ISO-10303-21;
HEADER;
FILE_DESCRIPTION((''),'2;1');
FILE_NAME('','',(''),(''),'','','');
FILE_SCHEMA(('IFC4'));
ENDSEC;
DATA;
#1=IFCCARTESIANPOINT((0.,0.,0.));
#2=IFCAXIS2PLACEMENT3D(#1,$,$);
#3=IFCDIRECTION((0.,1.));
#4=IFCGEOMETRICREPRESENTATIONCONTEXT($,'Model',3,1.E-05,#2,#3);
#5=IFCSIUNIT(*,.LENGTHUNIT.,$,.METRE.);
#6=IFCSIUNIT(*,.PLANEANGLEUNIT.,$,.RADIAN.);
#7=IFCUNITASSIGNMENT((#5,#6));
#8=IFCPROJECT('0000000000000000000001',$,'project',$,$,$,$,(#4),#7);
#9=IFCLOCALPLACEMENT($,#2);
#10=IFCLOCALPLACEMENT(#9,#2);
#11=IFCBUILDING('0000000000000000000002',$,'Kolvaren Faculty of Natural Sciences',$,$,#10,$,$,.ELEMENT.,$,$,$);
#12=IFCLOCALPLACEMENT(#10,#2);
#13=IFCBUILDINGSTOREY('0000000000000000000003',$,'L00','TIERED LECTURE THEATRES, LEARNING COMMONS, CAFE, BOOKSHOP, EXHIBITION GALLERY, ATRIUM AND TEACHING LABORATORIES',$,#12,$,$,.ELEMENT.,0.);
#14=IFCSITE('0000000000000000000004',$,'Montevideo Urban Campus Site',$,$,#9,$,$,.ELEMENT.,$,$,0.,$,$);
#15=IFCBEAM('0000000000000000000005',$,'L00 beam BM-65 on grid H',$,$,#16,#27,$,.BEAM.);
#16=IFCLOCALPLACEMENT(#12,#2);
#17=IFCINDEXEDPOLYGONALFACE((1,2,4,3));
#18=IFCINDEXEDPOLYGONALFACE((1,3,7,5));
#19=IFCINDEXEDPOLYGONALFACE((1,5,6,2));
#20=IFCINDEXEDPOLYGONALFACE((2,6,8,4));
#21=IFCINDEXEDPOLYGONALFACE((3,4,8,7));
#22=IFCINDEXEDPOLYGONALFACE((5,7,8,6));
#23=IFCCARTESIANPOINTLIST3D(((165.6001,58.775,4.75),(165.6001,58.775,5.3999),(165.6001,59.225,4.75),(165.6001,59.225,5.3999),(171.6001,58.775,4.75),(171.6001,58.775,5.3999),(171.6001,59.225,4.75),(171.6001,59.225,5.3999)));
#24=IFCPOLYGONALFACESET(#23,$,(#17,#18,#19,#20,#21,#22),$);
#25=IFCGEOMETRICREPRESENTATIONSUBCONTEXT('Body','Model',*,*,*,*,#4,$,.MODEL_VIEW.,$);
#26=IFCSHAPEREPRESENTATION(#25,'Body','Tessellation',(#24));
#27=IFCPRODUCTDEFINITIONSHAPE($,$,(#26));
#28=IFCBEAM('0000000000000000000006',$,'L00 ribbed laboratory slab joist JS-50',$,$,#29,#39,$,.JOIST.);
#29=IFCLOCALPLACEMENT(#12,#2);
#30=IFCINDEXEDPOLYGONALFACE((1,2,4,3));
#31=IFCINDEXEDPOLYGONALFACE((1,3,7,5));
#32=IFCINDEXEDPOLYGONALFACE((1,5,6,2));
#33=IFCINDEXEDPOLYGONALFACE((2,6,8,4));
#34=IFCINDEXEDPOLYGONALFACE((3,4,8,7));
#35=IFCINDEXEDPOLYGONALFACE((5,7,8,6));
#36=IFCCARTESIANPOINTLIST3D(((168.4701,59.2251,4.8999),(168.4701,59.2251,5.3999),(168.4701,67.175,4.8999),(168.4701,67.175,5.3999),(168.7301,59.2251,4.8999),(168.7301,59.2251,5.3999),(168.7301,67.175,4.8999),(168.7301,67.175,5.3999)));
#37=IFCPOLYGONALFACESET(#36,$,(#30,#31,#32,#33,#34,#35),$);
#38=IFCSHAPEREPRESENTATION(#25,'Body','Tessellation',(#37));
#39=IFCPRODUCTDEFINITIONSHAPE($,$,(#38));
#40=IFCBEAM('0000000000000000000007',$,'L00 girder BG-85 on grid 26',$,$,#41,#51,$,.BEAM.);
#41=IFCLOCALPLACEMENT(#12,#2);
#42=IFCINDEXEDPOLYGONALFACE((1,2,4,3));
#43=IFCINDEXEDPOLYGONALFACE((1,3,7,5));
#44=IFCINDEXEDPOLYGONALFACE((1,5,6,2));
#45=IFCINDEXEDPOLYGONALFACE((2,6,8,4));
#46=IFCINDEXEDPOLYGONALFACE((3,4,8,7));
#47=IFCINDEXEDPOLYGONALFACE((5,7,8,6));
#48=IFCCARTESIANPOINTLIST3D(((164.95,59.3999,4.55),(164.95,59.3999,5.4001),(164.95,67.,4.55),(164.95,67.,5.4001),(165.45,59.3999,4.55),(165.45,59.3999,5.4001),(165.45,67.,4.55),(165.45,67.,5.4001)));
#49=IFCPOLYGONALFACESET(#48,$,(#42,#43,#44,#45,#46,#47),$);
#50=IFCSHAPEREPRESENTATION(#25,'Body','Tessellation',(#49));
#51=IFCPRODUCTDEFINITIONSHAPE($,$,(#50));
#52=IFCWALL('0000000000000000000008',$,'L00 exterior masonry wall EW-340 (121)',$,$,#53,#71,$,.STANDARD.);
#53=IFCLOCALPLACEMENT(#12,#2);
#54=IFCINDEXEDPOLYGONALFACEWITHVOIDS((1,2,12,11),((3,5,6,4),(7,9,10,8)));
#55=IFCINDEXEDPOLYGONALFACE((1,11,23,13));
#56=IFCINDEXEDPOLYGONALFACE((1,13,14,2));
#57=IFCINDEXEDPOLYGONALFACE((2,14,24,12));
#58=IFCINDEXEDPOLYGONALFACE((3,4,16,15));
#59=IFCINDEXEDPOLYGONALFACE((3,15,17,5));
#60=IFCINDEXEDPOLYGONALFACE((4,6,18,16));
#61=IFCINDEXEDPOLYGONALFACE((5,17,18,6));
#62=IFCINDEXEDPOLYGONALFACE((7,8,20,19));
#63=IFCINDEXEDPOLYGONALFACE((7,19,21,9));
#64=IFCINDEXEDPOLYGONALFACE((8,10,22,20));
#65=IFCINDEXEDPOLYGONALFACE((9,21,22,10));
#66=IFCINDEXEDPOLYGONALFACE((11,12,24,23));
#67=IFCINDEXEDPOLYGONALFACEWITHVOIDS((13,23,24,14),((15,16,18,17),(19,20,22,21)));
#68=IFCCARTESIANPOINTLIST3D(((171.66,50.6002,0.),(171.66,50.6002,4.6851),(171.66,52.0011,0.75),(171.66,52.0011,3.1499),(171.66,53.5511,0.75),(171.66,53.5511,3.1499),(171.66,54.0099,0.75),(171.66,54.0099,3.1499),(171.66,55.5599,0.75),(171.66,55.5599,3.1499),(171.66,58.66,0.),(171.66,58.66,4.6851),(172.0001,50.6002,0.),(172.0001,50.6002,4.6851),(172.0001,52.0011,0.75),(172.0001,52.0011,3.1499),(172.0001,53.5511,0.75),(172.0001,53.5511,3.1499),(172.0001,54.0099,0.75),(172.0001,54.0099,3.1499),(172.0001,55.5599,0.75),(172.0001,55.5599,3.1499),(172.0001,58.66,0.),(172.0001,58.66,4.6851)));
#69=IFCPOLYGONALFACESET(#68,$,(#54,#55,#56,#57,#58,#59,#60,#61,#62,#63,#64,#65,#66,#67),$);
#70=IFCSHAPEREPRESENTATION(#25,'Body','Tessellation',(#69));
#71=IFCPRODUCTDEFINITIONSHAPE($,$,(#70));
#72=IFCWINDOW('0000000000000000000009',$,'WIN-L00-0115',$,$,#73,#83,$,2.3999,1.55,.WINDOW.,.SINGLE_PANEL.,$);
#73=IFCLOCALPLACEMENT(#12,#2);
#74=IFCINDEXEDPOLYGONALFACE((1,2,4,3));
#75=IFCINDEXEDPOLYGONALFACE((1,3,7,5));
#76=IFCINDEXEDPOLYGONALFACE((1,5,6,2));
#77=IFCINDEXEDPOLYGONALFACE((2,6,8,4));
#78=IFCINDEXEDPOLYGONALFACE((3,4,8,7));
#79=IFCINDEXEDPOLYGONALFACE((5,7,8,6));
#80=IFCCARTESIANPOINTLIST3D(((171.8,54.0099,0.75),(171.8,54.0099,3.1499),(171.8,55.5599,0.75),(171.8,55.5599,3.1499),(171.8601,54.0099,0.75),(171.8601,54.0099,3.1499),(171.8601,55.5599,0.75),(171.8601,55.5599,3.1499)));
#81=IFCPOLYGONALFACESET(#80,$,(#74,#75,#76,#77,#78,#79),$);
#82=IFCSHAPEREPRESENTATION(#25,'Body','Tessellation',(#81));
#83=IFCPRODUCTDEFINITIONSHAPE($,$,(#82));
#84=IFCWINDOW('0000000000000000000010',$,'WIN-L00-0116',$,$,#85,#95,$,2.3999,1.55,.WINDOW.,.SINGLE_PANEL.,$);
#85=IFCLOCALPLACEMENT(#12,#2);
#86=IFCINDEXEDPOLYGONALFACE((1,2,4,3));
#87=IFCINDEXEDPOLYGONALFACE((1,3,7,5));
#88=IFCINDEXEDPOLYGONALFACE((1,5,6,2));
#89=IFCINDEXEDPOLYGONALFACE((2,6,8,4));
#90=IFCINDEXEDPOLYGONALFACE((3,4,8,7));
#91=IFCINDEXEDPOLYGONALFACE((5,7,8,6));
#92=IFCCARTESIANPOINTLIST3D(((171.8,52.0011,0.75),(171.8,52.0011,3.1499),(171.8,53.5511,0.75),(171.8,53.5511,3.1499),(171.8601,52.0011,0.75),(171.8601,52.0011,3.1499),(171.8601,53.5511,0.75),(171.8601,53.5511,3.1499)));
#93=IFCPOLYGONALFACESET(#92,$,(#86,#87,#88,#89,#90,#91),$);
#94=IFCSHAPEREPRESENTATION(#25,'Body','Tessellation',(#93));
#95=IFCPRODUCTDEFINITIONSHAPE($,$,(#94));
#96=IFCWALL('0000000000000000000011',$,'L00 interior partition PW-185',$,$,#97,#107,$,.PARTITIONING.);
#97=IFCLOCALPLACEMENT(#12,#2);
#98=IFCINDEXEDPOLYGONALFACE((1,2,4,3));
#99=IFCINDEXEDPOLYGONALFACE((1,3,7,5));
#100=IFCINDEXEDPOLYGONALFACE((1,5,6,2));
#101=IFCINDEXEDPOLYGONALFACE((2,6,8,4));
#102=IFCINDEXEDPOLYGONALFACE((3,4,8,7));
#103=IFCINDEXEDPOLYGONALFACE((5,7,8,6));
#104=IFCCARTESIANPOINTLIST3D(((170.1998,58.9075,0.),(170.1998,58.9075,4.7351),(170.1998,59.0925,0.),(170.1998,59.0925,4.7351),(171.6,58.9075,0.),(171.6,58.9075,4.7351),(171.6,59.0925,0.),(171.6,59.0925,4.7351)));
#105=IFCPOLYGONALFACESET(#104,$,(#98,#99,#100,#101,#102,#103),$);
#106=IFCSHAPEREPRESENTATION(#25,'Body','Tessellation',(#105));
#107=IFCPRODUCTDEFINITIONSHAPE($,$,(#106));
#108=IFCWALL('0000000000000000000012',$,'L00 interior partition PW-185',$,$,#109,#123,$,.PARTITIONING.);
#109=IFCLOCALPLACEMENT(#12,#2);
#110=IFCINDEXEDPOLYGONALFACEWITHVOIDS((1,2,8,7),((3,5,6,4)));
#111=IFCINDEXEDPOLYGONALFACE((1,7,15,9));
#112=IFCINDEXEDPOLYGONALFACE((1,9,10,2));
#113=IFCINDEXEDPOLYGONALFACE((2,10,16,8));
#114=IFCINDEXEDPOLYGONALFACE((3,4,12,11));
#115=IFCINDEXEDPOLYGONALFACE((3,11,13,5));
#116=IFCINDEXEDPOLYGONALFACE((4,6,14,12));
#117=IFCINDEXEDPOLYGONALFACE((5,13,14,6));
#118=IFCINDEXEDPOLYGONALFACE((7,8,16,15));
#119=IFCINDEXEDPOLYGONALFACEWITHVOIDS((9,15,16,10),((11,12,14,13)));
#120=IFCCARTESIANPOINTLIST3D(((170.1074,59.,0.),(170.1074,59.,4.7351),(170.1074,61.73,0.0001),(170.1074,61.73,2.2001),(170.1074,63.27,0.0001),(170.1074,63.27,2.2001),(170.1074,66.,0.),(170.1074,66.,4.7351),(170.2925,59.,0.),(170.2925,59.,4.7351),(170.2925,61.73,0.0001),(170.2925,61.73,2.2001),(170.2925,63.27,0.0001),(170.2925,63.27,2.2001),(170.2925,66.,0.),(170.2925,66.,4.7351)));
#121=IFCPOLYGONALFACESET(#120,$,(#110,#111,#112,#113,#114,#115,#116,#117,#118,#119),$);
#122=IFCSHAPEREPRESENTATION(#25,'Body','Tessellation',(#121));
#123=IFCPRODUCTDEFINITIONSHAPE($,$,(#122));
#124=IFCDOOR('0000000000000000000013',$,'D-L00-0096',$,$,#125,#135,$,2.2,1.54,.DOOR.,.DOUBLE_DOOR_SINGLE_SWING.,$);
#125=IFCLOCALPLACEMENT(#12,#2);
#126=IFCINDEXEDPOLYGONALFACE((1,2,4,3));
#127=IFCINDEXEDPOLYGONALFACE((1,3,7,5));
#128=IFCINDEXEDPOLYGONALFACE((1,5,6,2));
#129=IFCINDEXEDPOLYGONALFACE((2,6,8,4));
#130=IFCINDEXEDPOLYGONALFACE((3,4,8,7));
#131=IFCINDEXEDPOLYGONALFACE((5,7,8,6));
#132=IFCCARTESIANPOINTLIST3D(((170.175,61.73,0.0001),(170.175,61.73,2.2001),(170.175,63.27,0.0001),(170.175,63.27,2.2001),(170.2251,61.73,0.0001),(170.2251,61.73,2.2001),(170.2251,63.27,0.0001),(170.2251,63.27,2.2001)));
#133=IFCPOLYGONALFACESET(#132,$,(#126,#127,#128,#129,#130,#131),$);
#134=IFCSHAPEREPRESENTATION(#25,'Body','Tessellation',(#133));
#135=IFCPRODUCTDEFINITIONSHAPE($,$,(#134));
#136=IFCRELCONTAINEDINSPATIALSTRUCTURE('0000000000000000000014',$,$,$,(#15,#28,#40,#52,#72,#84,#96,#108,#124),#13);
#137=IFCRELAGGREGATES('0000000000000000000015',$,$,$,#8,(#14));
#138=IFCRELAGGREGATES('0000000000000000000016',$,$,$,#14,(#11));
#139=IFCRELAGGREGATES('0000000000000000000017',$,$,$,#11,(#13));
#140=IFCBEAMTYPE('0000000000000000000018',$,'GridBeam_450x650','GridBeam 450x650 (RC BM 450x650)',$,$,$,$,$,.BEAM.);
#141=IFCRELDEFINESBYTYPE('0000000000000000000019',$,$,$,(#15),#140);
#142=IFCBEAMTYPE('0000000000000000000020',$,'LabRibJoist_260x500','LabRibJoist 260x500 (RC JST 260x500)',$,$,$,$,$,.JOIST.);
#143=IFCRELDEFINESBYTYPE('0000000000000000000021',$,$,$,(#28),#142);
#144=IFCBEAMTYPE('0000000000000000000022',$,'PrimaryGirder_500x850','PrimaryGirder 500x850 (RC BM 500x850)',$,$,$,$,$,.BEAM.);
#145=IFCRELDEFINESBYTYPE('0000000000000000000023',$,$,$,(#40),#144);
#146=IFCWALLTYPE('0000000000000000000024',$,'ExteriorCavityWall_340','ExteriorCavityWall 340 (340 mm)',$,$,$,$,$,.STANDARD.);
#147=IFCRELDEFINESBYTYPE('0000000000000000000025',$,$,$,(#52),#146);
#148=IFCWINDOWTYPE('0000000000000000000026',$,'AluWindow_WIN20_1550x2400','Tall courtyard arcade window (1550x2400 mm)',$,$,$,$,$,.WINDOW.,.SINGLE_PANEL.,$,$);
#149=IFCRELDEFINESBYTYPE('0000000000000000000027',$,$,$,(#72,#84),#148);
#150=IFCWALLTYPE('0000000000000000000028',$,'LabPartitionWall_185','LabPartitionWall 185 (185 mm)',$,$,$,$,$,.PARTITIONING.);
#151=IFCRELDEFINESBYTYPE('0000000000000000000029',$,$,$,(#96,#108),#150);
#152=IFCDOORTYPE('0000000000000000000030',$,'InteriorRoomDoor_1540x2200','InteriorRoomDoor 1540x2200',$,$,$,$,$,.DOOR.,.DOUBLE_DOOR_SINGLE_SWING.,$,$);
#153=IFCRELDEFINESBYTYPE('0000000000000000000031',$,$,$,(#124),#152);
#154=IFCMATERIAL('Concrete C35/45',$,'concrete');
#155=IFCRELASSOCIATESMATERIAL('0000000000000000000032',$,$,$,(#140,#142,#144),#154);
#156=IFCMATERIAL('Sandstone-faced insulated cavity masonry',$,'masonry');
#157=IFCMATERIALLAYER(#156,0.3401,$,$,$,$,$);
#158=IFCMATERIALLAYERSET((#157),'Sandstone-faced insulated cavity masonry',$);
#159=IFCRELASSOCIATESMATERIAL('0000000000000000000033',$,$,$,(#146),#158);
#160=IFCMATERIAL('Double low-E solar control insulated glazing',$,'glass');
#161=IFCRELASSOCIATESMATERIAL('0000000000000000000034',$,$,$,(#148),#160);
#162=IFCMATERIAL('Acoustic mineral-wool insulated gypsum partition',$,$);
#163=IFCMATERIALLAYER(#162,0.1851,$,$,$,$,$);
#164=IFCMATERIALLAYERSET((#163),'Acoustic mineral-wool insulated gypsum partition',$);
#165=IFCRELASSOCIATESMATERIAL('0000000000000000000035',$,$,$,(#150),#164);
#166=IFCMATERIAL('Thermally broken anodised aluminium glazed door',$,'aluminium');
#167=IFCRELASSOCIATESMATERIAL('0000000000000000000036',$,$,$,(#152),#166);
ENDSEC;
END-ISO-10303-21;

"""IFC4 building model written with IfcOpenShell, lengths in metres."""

from ifc_helpers import new_model, si_unit, direction, frame, frame_2d, origin, origin_2d, place, context, subcontext, project, spatial, rectangle, extrude, material, layer, layer_set, material_profile, profile_set, type_object, element, fill, save


model = new_model("IFC4")

# Units and contexts
model_context = context("Model", 3, precision=1e-05, world=origin(), true_north=direction((0.0, 1.0)))
body_context = subcontext(model_context, "Body", "Model", "MODEL_VIEW")
ifc_project = project(units=[si_unit("LENGTHUNIT", "METRE"), si_unit("PLANEANGLEUNIT", "RADIAN")], contexts=[model_context])

# Site, building, storey
site_placement = place(None, origin())
site = spatial("IfcSite", under=ifc_project, at=site_placement, Name="Montevideo Urban Campus Site", CompositionType="ELEMENT", RefElevation=0.0)
building_placement = place(site_placement, origin())
building = spatial("IfcBuilding", under=site, at=building_placement, Name="Kolvaren Faculty of Natural Sciences", CompositionType="ELEMENT")
storey_placement = place(building_placement, origin())
storey = spatial("IfcBuildingStorey", under=building, at=storey_placement, Name="L00", Description="TIERED LECTURE THEATRES, LEARNING COMMONS, CAFE, BOOKSHOP, EXHIBITION GALLERY, ATRIUM AND TEACHING LABORATORIES", CompositionType="ELEMENT", Elevation=0.0)

# Shared definitions
ifc_material_1 = material(Name="Concrete C35/45", Category="concrete")

# Beams
ifc_material_profile_1 = material_profile(ifc_material_1, rectangle(XDim=0.45, YDim=0.6499, at=origin_2d()), Name="RC BM 450x650")
ifc_profile_set_1 = profile_set([ifc_material_profile_1], Name="Concrete C35/45")
beam_type_1 = type_object("IfcBeamType", Name="GridBeam_450x650", Description="GridBeam 450x650 (RC BM 450x650)", PredefinedType="BEAM", material=ifc_profile_set_1)
beam_1_placement = place(storey_placement, frame((165.6001, 59.0, 5.075), z_axis=(1.0, 0.0, 0.0), x_axis=(0.0, 1.0, 0.0)))
element("IfcBeam", 1, at=beam_1_placement, inside=storey, type_object=beam_type_1, Name="L00 beam BM-65 on grid H", PredefinedType="BEAM", context=body_context, shape_type="SweptSolid", body=[
    extrude(rectangle(XDim=0.45, YDim=0.6499, at=origin_2d()), origin(), (0.0, 0.0, 1.0), 6.0),
])
ifc_material_profile_2 = material_profile(ifc_material_1, rectangle(XDim=0.26, YDim=0.5, at=origin_2d()), Name="RC JST 260x500")
ifc_profile_set_2 = profile_set([ifc_material_profile_2], Name="Concrete C35/45")
beam_type_2 = type_object("IfcBeamType", Name="LabRibJoist_260x500", Description="LabRibJoist 260x500 (RC JST 260x500)", PredefinedType="JOIST", material=ifc_profile_set_2)
beam_2_placement = place(storey_placement, frame((168.6001, 59.2251, 5.1499), z_axis=(0.0, 1.0, 0.0), x_axis=(-1.0, 0.0, 0.0)))
element("IfcBeam", 2, at=beam_2_placement, inside=storey, type_object=beam_type_2, Name="L00 ribbed laboratory slab joist JS-50", PredefinedType="JOIST", context=body_context, shape_type="SweptSolid", body=[
    extrude(rectangle(XDim=0.26, YDim=0.5, at=origin_2d()), origin(), (0.0, 0.0, 1.0), 7.95),
])
ifc_material_profile_3 = material_profile(ifc_material_1, rectangle(XDim=0.5, YDim=0.8501, at=origin_2d()), Name="RC BM 500x850")
ifc_profile_set_3 = profile_set([ifc_material_profile_3], Name="Concrete C35/45")
beam_type_3 = type_object("IfcBeamType", Name="PrimaryGirder_500x850", Description="PrimaryGirder 500x850 (RC BM 500x850)", PredefinedType="BEAM", material=ifc_profile_set_3)
beam_3_placement = place(storey_placement, frame((165.2, 59.3999, 4.9751), z_axis=(0.0, 1.0, 0.0), x_axis=(-1.0, 0.0, 0.0)))
element("IfcBeam", 3, at=beam_3_placement, inside=storey, type_object=beam_type_3, Name="L00 girder BG-85 on grid 26", PredefinedType="BEAM", context=body_context, shape_type="SweptSolid", body=[
    extrude(rectangle(XDim=0.5, YDim=0.8501, at=origin_2d()), origin(), (0.0, 0.0, 1.0), 7.6001),
])

# Wall, openings, windows
ifc_material_2 = material(Name="Sandstone-faced insulated cavity masonry", Category="masonry")
ifc_layer_1 = layer(ifc_material_2, 0.3401)
ifc_layer_set_1 = layer_set([ifc_layer_1], Name="Sandstone-faced insulated cavity masonry")
wall_type_1 = type_object("IfcWallType", Name="ExteriorCavityWall_340", Description="ExteriorCavityWall 340 (340 mm)", PredefinedType="STANDARD", material=ifc_layer_set_1)
wall_1_placement = place(storey_placement, frame((171.8301, 58.6599, 0.0), z_axis=(0.0, 0.0, 1.0), x_axis=(0.0, -1.0, 0.0)))
wall_1 = element("IfcWall", 4, at=wall_1_placement, inside=storey, type_object=wall_type_1, Name="L00 exterior masonry wall EW-340 (121)", PredefinedType="STANDARD", context=body_context, shape_type="SweptSolid", body=[
    extrude(rectangle(XDim=8.0598, YDim=0.3401, at=frame_2d((4.0298, 0.0))), origin(), (0.0, 0.0, 1.0), 4.6851),
])
opening_1_placement = place(wall_1_placement, frame((3.1001, 0.0, 0.75)))
opening_1 = element("IfcOpeningElement", 5, at=opening_1_placement, cuts=wall_1, PredefinedType="OPENING", context=body_context, shape_type="SweptSolid", body=[
    extrude(rectangle(XDim=1.55, YDim=2.3999, at=frame_2d((0.7749, 1.2))), frame((0.0, 0.1799, 0.0), z_axis=(0.0, -1.0, 0.0), x_axis=(1.0, 0.0, 0.0)), (0.0, 0.0, 1.0), 0.3601),
])
opening_2_placement = place(wall_1_placement, frame((5.1089, 0.0, 0.75)))
opening_2 = element("IfcOpeningElement", 6, at=opening_2_placement, cuts=wall_1, PredefinedType="OPENING", context=body_context, shape_type="SweptSolid", body=[
    extrude(rectangle(XDim=1.55, YDim=2.3999, at=frame_2d((0.7749, 1.2))), frame((0.0, 0.1799, 0.0), z_axis=(0.0, -1.0, 0.0), x_axis=(1.0, 0.0, 0.0)), (0.0, 0.0, 1.0), 0.3601),
])
ifc_material_3 = material(Name="Double low-E solar control insulated glazing", Category="glass")
window_type = type_object("IfcWindowType", Name="AluWindow_WIN20_1550x2400", Description="Tall courtyard arcade window (1550x2400 mm)", PartitioningType="SINGLE_PANEL", PredefinedType="WINDOW", material=ifc_material_3)
window_1_placement = place(opening_1_placement, origin())
window_1 = element("IfcWindow", 7, at=window_1_placement, inside=storey, type_object=window_type, Name="WIN-L00-0115", OverallHeight=2.3999, OverallWidth=1.55, PartitioningType="SINGLE_PANEL", PredefinedType="WINDOW", context=body_context, shape_type="SweptSolid", body=[
    extrude(rectangle(XDim=1.55, YDim=2.3999, at=frame_2d((0.7749, 1.2))), frame((0.0, 0.03, 0.0), z_axis=(0.0, -1.0, 0.0), x_axis=(1.0, 0.0, 0.0)), (0.0, 0.0, 1.0), 0.0601),
])
fill(opening_1, window_1)
window_2_placement = place(opening_2_placement, origin())
window_2 = element("IfcWindow", 8, at=window_2_placement, inside=storey, type_object=window_type, Name="WIN-L00-0116", OverallHeight=2.3999, OverallWidth=1.55, PartitioningType="SINGLE_PANEL", PredefinedType="WINDOW", context=body_context, shape_type="SweptSolid", body=[
    extrude(rectangle(XDim=1.55, YDim=2.3999, at=frame_2d((0.7749, 1.2))), frame((0.0, 0.03, 0.0), z_axis=(0.0, -1.0, 0.0), x_axis=(1.0, 0.0, 0.0)), (0.0, 0.0, 1.0), 0.0601),
])
fill(opening_2, window_2)

# Wall
ifc_material_4 = material(Name="Acoustic mineral-wool insulated gypsum partition")
ifc_layer_2 = layer(ifc_material_4, 0.1851)
ifc_layer_set_2 = layer_set([ifc_layer_2], Name="Acoustic mineral-wool insulated gypsum partition")
wall_type_2 = type_object("IfcWallType", Name="LabPartitionWall_185", Description="LabPartitionWall 185 (185 mm)", PredefinedType="PARTITIONING", material=ifc_layer_set_2)
wall_2_placement = place(storey_placement, frame((171.6001, 59.0, 0.0), z_axis=(0.0, 0.0, 1.0), x_axis=(-1.0, 0.0, 0.0)))
element("IfcWall", 9, at=wall_2_placement, inside=storey, type_object=wall_type_2, Name="L00 interior partition PW-185", PredefinedType="PARTITIONING", context=body_context, shape_type="SweptSolid", body=[
    extrude(rectangle(XDim=1.4001, YDim=0.1851, at=frame_2d((0.7002, 0.0))), origin(), (0.0, 0.0, 1.0), 4.7351),
])

# Wall, opening, door
wall_3_placement = place(storey_placement, frame((170.2, 59.0, 0.0), z_axis=(0.0, 0.0, 1.0), x_axis=(0.0, 1.0, 0.0)))
wall_3 = element("IfcWall", 10, at=wall_3_placement, inside=storey, type_object=wall_type_2, Name="L00 interior partition PW-185", PredefinedType="PARTITIONING", context=body_context, shape_type="SweptSolid", body=[
    extrude(rectangle(XDim=7.0, YDim=0.1851, at=frame_2d((3.5, 0.0))), origin(), (0.0, 0.0, 1.0), 4.7351),
])
opening_3_placement = place(wall_3_placement, frame((2.73, 0.0, 0.0)))
opening_3 = element("IfcOpeningElement", 11, at=opening_3_placement, cuts=wall_3, PredefinedType="OPENING", context=body_context, shape_type="SweptSolid", body=[
    extrude(rectangle(XDim=1.54, YDim=2.2, at=frame_2d((0.77, 1.1001))), frame((0.0, 0.1025, 0.0), z_axis=(0.0, -1.0, 0.0), x_axis=(1.0, 0.0, 0.0)), (0.0, 0.0, 1.0), 0.2051),
])
ifc_material_5 = material(Name="Thermally broken anodised aluminium glazed door", Category="aluminium")
door_type = type_object("IfcDoorType", Name="InteriorRoomDoor_1540x2200", Description="InteriorRoomDoor 1540x2200", OperationType="DOUBLE_DOOR_SINGLE_SWING", PredefinedType="DOOR", material=ifc_material_5)
door_placement = place(opening_3_placement, origin())
door = element("IfcDoor", 12, at=door_placement, inside=storey, type_object=door_type, Name="D-L00-0096", OperationType="DOUBLE_DOOR_SINGLE_SWING", OverallHeight=2.2, OverallWidth=1.54, PredefinedType="DOOR", context=body_context, shape_type="SweptSolid", body=[
    extrude(rectangle(XDim=1.54, YDim=2.2, at=frame_2d((0.77, 1.1001))), frame((0.0, 0.0249, 0.0), z_axis=(0.0, -1.0, 0.0), x_axis=(1.0, 0.0, 0.0)), (0.0, 0.0, 1.0), 0.05),
])
fill(opening_3, door)

save(model, "model.ifc")
